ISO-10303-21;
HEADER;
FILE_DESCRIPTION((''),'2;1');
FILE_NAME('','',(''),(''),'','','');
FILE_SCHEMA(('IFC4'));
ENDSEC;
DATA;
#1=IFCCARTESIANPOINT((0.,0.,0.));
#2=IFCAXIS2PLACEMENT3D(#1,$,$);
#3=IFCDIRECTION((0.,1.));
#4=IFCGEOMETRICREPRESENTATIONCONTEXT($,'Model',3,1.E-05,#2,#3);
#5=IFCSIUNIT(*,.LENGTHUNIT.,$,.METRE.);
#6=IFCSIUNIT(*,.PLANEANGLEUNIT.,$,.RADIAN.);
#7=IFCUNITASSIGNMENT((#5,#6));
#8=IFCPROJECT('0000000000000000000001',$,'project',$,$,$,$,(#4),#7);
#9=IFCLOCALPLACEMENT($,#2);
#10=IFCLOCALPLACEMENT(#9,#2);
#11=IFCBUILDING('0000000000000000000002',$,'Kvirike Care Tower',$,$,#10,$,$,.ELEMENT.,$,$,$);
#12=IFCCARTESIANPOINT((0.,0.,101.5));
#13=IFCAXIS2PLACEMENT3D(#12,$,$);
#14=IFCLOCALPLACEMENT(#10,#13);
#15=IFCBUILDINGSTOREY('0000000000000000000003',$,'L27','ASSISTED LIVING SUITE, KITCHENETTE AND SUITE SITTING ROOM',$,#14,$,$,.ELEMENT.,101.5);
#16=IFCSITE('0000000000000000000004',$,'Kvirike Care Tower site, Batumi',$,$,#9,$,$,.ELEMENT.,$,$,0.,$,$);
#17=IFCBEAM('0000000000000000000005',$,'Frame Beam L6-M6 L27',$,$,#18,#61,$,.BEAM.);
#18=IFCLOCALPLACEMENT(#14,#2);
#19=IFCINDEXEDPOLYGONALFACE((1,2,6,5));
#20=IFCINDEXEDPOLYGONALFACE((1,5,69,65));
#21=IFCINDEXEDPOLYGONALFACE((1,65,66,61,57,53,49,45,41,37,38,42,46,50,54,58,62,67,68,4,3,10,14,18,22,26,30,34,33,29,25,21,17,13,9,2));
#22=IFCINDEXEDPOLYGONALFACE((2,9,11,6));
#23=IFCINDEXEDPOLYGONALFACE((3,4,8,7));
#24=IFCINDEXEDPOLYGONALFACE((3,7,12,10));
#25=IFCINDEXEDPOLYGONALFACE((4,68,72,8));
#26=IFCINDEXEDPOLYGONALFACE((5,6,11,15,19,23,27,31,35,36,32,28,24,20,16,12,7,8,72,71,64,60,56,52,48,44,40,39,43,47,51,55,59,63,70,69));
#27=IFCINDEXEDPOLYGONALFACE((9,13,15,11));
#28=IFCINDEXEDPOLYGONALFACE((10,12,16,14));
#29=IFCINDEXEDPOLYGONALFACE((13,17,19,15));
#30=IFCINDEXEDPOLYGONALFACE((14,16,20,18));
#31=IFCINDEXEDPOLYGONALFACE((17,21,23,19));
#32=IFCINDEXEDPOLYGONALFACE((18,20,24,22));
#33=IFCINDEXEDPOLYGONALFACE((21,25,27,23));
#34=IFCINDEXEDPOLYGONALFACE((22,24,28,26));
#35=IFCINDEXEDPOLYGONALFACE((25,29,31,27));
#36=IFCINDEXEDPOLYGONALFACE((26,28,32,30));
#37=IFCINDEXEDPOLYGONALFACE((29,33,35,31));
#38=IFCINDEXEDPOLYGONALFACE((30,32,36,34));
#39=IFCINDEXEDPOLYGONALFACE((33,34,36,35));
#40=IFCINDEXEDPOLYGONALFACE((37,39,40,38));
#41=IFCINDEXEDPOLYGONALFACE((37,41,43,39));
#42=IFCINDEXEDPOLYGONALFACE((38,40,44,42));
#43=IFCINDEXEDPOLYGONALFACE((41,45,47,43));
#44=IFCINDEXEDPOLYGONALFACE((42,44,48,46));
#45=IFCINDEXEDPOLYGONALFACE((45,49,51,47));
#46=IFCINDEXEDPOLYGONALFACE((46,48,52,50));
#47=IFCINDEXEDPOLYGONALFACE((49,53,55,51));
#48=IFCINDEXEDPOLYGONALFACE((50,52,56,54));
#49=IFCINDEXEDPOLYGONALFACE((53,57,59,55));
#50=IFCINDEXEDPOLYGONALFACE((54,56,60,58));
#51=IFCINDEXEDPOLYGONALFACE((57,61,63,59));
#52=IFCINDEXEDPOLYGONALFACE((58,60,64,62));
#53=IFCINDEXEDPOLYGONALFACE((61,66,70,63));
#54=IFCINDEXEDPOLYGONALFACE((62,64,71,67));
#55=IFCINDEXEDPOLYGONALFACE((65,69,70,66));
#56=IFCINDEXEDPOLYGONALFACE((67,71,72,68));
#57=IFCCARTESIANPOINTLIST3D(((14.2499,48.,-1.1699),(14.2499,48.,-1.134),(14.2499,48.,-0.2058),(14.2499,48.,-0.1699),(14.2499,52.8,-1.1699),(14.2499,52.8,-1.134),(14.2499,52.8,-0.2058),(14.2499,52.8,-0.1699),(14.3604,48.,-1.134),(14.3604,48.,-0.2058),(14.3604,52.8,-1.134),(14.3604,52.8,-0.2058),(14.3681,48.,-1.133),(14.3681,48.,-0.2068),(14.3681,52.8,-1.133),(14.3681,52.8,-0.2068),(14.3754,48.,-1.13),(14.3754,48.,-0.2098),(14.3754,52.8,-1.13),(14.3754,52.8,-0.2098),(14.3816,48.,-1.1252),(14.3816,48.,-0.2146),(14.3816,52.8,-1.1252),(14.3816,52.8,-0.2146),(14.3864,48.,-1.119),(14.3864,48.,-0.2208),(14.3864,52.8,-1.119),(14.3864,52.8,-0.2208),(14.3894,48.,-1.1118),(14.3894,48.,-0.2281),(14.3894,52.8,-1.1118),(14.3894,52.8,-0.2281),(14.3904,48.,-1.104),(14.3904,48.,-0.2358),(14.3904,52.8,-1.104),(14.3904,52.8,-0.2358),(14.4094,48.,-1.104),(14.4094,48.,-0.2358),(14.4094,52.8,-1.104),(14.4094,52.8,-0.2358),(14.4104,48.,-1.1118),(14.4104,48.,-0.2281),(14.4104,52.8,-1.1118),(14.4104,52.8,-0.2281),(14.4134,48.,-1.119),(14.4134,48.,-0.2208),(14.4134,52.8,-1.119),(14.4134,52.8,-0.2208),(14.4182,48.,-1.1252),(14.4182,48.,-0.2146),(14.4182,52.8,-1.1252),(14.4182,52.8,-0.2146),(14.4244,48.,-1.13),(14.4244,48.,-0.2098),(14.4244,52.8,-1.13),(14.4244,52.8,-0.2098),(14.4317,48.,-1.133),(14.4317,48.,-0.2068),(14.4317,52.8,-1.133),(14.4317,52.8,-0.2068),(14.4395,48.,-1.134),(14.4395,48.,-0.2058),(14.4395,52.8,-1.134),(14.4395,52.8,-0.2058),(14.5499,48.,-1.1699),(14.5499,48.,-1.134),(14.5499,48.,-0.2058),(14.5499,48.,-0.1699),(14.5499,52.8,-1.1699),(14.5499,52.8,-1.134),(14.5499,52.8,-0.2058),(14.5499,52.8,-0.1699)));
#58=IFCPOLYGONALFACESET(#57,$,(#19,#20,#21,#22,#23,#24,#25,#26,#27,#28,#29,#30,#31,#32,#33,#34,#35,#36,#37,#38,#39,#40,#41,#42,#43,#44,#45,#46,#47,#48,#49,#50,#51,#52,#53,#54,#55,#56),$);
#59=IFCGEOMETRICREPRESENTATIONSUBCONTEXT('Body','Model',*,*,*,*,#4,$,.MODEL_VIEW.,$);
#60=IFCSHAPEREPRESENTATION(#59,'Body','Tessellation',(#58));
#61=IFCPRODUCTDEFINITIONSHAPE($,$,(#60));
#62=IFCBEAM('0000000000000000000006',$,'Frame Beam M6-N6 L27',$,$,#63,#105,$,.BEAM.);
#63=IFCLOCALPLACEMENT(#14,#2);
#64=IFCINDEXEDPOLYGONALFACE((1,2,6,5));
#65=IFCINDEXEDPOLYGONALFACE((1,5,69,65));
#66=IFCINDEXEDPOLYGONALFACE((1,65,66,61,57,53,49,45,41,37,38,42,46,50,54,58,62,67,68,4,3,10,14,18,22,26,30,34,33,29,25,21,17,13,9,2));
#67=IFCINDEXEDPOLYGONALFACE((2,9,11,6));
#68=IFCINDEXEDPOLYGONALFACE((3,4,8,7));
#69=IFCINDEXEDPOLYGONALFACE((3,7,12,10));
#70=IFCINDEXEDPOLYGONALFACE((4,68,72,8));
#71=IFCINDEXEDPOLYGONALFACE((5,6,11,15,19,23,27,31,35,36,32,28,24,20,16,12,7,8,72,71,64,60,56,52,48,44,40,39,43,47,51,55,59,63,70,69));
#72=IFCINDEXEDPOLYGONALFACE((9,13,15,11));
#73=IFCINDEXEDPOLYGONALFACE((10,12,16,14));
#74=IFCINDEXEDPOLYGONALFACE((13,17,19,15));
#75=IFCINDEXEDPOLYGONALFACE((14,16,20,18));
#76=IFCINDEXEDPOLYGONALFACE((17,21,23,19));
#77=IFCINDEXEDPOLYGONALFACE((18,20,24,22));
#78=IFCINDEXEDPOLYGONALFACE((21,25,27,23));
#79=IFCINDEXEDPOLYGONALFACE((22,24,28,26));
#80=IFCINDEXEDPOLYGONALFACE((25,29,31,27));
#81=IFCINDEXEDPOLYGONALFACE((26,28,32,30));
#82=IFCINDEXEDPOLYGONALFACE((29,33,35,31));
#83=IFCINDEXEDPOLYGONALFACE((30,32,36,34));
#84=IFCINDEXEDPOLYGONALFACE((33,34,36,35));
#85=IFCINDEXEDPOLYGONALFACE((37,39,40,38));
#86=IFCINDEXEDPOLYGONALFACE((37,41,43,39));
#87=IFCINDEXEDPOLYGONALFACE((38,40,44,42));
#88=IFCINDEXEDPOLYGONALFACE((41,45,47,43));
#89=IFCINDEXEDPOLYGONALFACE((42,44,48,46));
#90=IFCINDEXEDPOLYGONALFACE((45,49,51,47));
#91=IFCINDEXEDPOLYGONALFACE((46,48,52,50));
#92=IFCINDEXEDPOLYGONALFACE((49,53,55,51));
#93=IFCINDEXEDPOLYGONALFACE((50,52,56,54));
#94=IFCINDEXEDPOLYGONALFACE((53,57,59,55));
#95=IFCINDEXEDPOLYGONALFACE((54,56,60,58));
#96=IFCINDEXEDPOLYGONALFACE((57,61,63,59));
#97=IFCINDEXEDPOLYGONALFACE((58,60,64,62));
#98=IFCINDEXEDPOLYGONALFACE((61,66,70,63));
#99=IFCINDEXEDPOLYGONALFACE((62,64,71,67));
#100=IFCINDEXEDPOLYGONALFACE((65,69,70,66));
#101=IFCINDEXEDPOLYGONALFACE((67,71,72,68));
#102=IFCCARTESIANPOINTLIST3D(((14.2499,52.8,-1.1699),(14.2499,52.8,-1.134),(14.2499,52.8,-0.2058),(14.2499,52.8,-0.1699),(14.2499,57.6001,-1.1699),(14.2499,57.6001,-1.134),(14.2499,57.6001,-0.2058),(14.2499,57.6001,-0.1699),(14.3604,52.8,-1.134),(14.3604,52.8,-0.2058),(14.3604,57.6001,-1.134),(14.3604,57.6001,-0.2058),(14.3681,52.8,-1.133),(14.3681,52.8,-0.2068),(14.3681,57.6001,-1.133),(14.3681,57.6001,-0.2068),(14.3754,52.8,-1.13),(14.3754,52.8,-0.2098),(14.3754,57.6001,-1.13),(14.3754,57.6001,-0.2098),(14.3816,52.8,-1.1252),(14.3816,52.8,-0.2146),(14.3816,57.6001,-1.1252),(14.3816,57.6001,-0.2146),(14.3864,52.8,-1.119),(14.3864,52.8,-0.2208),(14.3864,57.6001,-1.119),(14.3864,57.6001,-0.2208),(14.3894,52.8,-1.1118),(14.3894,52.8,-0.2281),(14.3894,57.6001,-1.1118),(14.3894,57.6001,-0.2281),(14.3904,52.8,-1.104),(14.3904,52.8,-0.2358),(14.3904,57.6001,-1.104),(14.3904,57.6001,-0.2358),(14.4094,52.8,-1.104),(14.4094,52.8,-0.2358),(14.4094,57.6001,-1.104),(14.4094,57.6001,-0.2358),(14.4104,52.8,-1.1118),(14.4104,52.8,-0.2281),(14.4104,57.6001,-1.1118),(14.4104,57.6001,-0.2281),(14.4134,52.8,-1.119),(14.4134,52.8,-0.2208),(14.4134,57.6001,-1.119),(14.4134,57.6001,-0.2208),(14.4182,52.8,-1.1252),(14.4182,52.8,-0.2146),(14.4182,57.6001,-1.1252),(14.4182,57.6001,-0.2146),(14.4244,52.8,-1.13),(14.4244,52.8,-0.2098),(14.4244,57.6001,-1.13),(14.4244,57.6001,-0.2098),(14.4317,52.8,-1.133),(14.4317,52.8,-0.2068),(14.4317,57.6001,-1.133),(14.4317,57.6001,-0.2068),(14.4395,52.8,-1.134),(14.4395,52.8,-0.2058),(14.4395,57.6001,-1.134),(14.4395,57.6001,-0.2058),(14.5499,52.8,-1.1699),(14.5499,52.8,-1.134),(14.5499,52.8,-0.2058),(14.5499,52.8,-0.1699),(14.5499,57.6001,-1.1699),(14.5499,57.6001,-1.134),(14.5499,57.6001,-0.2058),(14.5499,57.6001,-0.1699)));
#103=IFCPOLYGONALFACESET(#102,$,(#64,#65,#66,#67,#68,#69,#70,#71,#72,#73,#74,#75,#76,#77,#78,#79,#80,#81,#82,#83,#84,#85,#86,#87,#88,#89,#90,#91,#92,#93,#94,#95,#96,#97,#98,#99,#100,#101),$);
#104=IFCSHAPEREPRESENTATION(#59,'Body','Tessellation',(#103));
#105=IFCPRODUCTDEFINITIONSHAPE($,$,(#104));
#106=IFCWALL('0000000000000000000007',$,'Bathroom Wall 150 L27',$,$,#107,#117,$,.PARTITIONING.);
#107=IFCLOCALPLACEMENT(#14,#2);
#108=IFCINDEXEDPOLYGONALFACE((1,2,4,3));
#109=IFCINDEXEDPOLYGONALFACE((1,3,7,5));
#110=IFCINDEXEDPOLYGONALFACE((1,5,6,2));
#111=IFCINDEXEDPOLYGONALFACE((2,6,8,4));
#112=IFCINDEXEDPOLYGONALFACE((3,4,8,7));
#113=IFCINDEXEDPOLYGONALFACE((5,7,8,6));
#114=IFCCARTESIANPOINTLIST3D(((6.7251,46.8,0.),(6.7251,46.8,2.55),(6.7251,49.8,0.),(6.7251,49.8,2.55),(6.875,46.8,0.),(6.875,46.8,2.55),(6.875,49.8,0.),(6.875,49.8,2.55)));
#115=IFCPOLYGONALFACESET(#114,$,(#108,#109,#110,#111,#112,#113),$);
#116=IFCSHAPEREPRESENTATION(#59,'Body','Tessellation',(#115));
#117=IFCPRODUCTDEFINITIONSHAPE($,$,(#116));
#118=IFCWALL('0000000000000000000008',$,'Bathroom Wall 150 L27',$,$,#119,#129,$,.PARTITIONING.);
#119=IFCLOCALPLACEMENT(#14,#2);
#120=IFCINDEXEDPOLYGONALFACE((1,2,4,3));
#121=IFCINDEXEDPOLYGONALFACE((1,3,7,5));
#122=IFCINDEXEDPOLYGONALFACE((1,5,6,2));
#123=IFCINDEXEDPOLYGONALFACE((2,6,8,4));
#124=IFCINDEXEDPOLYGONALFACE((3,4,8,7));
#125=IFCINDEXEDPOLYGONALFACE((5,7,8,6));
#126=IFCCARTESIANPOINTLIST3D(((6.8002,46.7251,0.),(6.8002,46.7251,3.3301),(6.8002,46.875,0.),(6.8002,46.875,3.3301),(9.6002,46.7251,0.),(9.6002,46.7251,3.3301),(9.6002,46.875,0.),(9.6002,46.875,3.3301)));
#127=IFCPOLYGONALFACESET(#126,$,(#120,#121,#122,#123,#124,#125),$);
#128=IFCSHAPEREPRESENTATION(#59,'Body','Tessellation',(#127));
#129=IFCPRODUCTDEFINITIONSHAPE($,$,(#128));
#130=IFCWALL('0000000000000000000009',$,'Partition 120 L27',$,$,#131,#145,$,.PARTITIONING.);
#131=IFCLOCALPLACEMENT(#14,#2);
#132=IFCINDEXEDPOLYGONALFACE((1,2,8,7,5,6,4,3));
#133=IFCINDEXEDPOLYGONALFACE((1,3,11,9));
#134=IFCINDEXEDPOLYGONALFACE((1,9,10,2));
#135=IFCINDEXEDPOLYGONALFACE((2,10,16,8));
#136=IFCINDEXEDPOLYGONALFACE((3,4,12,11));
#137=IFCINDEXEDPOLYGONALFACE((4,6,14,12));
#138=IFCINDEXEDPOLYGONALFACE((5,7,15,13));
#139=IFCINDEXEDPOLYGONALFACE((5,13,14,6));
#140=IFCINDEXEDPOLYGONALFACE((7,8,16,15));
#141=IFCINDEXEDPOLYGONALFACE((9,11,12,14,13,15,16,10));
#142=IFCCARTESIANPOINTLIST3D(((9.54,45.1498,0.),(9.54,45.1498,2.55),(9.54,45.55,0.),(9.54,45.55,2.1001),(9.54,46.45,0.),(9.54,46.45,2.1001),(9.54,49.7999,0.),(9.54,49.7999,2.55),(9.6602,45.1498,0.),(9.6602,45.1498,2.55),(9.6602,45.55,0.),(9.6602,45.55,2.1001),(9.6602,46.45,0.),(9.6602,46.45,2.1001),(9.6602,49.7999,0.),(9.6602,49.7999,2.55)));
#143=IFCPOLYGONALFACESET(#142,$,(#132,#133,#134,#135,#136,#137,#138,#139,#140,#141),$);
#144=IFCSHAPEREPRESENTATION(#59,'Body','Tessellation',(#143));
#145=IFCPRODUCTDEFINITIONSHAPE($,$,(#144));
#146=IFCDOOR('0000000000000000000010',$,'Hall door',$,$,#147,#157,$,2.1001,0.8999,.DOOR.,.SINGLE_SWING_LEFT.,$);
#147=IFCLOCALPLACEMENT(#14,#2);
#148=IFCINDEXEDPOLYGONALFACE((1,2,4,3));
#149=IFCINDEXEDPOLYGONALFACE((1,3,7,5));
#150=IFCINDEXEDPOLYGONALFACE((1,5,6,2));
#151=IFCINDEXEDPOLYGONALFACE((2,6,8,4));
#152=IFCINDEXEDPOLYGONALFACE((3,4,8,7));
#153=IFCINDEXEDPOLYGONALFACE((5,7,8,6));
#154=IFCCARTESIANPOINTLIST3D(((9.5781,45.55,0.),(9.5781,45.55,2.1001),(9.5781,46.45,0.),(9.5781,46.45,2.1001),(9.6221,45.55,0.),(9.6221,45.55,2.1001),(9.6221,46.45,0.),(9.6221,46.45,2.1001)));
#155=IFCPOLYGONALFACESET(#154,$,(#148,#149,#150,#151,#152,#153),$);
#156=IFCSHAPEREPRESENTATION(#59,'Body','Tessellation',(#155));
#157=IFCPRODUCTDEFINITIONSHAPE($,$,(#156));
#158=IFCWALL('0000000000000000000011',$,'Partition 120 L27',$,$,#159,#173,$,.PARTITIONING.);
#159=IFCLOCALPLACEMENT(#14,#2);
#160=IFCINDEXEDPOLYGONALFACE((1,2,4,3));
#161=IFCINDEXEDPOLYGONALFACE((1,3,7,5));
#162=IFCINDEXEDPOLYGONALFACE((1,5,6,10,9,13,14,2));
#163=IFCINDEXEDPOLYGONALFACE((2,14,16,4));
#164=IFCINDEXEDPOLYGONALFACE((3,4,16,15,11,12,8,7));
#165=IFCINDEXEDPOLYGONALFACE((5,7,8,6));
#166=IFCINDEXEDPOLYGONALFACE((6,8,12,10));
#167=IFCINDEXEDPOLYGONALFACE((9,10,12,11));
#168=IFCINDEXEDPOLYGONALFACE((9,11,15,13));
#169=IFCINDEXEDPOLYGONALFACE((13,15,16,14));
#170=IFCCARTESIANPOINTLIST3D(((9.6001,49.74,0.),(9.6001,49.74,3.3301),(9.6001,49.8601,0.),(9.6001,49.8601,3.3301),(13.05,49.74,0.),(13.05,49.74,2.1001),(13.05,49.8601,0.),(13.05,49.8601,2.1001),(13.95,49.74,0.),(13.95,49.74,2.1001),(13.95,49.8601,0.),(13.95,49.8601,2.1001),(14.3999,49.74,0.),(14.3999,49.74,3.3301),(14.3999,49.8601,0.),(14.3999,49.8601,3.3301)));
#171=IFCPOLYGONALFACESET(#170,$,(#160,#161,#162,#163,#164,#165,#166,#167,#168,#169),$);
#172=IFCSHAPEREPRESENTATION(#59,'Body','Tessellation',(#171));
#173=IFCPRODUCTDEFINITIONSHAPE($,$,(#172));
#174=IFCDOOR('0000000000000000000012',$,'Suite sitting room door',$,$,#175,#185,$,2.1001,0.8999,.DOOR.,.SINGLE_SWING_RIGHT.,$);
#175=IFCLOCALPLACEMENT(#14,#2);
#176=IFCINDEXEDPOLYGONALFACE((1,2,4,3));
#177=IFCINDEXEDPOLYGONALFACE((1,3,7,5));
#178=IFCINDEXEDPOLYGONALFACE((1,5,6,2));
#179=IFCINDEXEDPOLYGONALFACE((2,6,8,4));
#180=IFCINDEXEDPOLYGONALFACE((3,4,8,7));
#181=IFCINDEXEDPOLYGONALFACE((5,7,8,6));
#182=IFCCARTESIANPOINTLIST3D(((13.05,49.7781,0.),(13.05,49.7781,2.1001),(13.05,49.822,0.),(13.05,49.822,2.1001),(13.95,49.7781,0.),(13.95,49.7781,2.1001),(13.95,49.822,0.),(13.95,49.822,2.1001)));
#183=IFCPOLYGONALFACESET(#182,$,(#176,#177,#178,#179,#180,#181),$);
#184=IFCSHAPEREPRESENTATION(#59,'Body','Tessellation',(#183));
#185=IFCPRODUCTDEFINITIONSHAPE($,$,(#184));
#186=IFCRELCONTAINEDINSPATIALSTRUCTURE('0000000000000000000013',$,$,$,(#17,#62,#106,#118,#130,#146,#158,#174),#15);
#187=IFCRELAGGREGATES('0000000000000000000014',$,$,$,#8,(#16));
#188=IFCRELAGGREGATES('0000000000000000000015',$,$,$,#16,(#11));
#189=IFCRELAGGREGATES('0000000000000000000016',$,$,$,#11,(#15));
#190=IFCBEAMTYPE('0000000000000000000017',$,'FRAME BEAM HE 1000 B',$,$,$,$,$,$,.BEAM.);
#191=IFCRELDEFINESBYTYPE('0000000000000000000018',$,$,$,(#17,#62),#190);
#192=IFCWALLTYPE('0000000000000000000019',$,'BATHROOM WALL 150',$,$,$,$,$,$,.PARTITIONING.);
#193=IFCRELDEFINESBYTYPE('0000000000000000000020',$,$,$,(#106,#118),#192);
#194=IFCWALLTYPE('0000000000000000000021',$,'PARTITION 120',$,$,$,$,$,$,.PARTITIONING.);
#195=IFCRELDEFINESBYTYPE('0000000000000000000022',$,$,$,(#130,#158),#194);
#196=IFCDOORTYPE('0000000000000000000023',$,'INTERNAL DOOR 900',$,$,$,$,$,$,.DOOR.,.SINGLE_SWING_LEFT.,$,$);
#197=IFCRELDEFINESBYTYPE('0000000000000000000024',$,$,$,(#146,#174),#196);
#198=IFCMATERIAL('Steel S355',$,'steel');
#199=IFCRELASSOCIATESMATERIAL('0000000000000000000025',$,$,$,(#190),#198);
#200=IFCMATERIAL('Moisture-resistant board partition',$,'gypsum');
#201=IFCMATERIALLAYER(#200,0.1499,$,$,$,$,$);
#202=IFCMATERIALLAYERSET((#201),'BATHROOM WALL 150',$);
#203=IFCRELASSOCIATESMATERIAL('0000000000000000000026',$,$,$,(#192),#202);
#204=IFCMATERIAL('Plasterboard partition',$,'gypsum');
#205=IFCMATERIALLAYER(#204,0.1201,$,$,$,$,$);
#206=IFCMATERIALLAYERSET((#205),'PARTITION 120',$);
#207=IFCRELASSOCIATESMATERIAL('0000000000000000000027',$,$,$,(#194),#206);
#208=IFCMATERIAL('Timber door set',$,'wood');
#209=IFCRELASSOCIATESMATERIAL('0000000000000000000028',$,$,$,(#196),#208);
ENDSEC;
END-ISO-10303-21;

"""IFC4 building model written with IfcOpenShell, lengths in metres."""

from ifc_helpers import new_model, si_unit, direction, frame, frame_2d, origin, origin_2d, place, context, subcontext, project, spatial, rectangle, i_section, extrude, material, layer, layer_set, material_profile, profile_set, type_object, element, fill, save


model = new_model("IFC4")

# Units and contexts
model_context = context("Model", 3, precision=1e-05, world=origin(), true_north=direction((0.0, 1.0)))
body_context = subcontext(model_context, "Body", "Model", "MODEL_VIEW")
ifc_project = project(units=[si_unit("LENGTHUNIT", "METRE"), si_unit("PLANEANGLEUNIT", "RADIAN")], contexts=[model_context])

# Site, building, storey
site_placement = place(None, origin())
site = spatial("IfcSite", under=ifc_project, at=site_placement, Name="Kvirike Care Tower site, Batumi", CompositionType="ELEMENT", RefElevation=0.0)
building_placement = place(site_placement, origin())
building = spatial("IfcBuilding", under=site, at=building_placement, Name="Kvirike Care Tower", CompositionType="ELEMENT")
storey_placement = place(building_placement, frame((0.0, 0.0, 101.5)))
storey = spatial("IfcBuildingStorey", under=building, at=storey_placement, Name="L27", Description="ASSISTED LIVING SUITE, KITCHENETTE AND SUITE SITTING ROOM", CompositionType="ELEMENT", Elevation=101.5)

# Beams
ifc_material_1 = material(Name="Steel S355", Category="steel")
ifc_material_profile_1 = material_profile(ifc_material_1, i_section(OverallWidth=0.3, OverallDepth=1.0, WebThickness=0.019, FlangeThickness=0.0359, FilletRadius=0.03, at=origin_2d()), Name="HE 1000 B")
ifc_profile_set_1 = profile_set([ifc_material_profile_1], Name="Steel S355")
beam_type_1 = type_object("IfcBeamType", Name="FRAME BEAM HE 1000 B", PredefinedType="BEAM", material=ifc_profile_set_1)
for number, where, z_axis, x_axis, name in (
    (1, (14.3999, 48.0, -0.6699), (0.0, 1.0, 0.0), (-1.0, 0.0, 0.0), "Frame Beam L6-M6 L27"),
    (2, (14.3999, 52.8, -0.6699), (0.0, 1.0, 0.0), (-1.0, 0.0, 0.0), "Frame Beam M6-N6 L27"),
):
    element("IfcBeam", number, at=place(storey_placement, frame(where, z_axis=z_axis, x_axis=x_axis)), inside=storey, type_object=beam_type_1, Name=name, PredefinedType="BEAM", context=body_context, shape_type="SweptSolid", body=[
        extrude(i_section(OverallWidth=0.3, OverallDepth=1.0, WebThickness=0.019, FlangeThickness=0.0359, FilletRadius=0.03, at=origin_2d()), origin(), (0.0, 0.0, 1.0), 4.8),
    ])

# Walls
ifc_material_2 = material(Name="Moisture-resistant board partition", Category="gypsum")
ifc_layer_1 = layer(ifc_material_2, 0.1499)
ifc_layer_set_1 = layer_set([ifc_layer_1], Name="BATHROOM WALL 150")
wall_type_1 = type_object("IfcWallType", Name="BATHROOM WALL 150", PredefinedType="PARTITIONING", material=ifc_layer_set_1)
wall_1_placement = place(storey_placement, frame((6.8, 49.8, 0.0), z_axis=(0.0, 0.0, 1.0), x_axis=(0.0, -1.0, 0.0)))
element("IfcWall", 3, at=wall_1_placement, inside=storey, type_object=wall_type_1, Name="Bathroom Wall 150 L27", PredefinedType="PARTITIONING", context=body_context, shape_type="SweptSolid", body=[
    extrude(rectangle(XDim=3.0, YDim=0.1499, at=frame_2d((1.5, 0.0))), origin(), (0.0, 0.0, 1.0), 2.55),
])
wall_2_placement = place(storey_placement, frame((9.6001, 46.8, 0.0), z_axis=(0.0, 0.0, 1.0), x_axis=(-1.0, 0.0, 0.0)))
element("IfcWall", 4, at=wall_2_placement, inside=storey, type_object=wall_type_1, Name="Bathroom Wall 150 L27", PredefinedType="PARTITIONING", context=body_context, shape_type="SweptSolid", body=[
    extrude(rectangle(XDim=2.8, YDim=0.1499, at=frame_2d((1.3999, 0.0))), origin(), (0.0, 0.0, 1.0), 3.3301),
])

# Walls, openings, doors
ifc_material_3 = material(Name="Plasterboard partition", Category="gypsum")
ifc_layer_2 = layer(ifc_material_3, 0.1201)
ifc_layer_set_2 = layer_set([ifc_layer_2], Name="PARTITION 120")
wall_type_2 = type_object("IfcWallType", Name="PARTITION 120", PredefinedType="PARTITIONING", material=ifc_layer_set_2)
wall_3_placement = place(storey_placement, frame((9.6001, 49.8, 0.0), z_axis=(0.0, 0.0, 1.0), x_axis=(0.0, -1.0, 0.0)))
wall_3 = element("IfcWall", 5, at=wall_3_placement, inside=storey, type_object=wall_type_2, Name="Partition 120 L27", PredefinedType="PARTITIONING", context=body_context, shape_type="SweptSolid", body=[
    extrude(rectangle(XDim=4.6501, YDim=0.1201, at=frame_2d((2.3252, 0.0))), origin(), (0.0, 0.0, 1.0), 2.55),
])
opening_1_placement = place(wall_3_placement, frame((3.3501, 0.0, 0.0)))
opening_1 = element("IfcOpeningElement", 6, at=opening_1_placement, cuts=wall_3, PredefinedType="OPENING", context=body_context, shape_type="SweptSolid", body=[
    extrude(rectangle(XDim=0.8999, YDim=2.1001, at=frame_2d((0.45, 1.05))), frame((0.0, 0.0706, 0.0), z_axis=(0.0, -1.0, 0.0), x_axis=(1.0, 0.0, 0.0)), (0.0, 0.0, 1.0), 0.1411),
])
ifc_material_4 = material(Name="Timber door set", Category="wood")
door_type_1 = type_object("IfcDoorType", Name="INTERNAL DOOR 900", OperationType="SINGLE_SWING_LEFT", PredefinedType="DOOR", material=ifc_material_4)
door_1_placement = place(opening_1_placement, origin())
door_1 = element("IfcDoor", 7, at=door_1_placement, inside=storey, type_object=door_type_1, Name="Hall door", OperationType="SINGLE_SWING_LEFT", OverallHeight=2.1001, OverallWidth=0.8999, PredefinedType="DOOR", context=body_context, shape_type="SweptSolid", body=[
    extrude(rectangle(XDim=0.8999, YDim=2.1001, at=frame_2d((0.45, 1.05))), frame((0.0, 0.022, 0.0), z_axis=(0.0, -1.0, 0.0), x_axis=(1.0, 0.0, 0.0)), (0.0, 0.0, 1.0), 0.0439),
])
fill(opening_1, door_1)
wall_4_placement = place(storey_placement, frame((14.3999, 49.8, 0.0), z_axis=(0.0, 0.0, 1.0), x_axis=(-1.0, 0.0, 0.0)))
wall_4 = element("IfcWall", 8, at=wall_4_placement, inside=storey, type_object=wall_type_2, Name="Partition 120 L27", PredefinedType="PARTITIONING", context=body_context, shape_type="SweptSolid", body=[
    extrude(rectangle(XDim=4.7998, YDim=0.1201, at=frame_2d((2.3999, 0.0))), origin(), (0.0, 0.0, 1.0), 3.3301),
])
opening_2_placement = place(wall_4_placement, frame((0.45, 0.0, 0.0)))
opening_2 = element("IfcOpeningElement", 9, at=opening_2_placement, cuts=wall_4, PredefinedType="OPENING", context=body_context, shape_type="SweptSolid", body=[
    extrude(rectangle(XDim=0.8999, YDim=2.1001, at=frame_2d((0.45, 1.05))), frame((0.0, 0.0706, 0.0), z_axis=(0.0, -1.0, 0.0), x_axis=(1.0, 0.0, 0.0)), (0.0, 0.0, 1.0), 0.1411),
])
door_2_placement = place(opening_2_placement, origin())
door_2 = element("IfcDoor", 10, at=door_2_placement, inside=storey, type_object=door_type_1, Name="Suite sitting room door", OperationType="SINGLE_SWING_RIGHT", OverallHeight=2.1001, OverallWidth=0.8999, PredefinedType="DOOR", context=body_context, shape_type="SweptSolid", body=[
    extrude(rectangle(XDim=0.8999, YDim=2.1001, at=frame_2d((0.45, 1.05))), frame((0.0, 0.022, 0.0), z_axis=(0.0, -1.0, 0.0), x_axis=(1.0, 0.0, 0.0)), (0.0, 0.0, 1.0), 0.0439),
])
fill(opening_2, door_2)

save(model, "model.ifc")
